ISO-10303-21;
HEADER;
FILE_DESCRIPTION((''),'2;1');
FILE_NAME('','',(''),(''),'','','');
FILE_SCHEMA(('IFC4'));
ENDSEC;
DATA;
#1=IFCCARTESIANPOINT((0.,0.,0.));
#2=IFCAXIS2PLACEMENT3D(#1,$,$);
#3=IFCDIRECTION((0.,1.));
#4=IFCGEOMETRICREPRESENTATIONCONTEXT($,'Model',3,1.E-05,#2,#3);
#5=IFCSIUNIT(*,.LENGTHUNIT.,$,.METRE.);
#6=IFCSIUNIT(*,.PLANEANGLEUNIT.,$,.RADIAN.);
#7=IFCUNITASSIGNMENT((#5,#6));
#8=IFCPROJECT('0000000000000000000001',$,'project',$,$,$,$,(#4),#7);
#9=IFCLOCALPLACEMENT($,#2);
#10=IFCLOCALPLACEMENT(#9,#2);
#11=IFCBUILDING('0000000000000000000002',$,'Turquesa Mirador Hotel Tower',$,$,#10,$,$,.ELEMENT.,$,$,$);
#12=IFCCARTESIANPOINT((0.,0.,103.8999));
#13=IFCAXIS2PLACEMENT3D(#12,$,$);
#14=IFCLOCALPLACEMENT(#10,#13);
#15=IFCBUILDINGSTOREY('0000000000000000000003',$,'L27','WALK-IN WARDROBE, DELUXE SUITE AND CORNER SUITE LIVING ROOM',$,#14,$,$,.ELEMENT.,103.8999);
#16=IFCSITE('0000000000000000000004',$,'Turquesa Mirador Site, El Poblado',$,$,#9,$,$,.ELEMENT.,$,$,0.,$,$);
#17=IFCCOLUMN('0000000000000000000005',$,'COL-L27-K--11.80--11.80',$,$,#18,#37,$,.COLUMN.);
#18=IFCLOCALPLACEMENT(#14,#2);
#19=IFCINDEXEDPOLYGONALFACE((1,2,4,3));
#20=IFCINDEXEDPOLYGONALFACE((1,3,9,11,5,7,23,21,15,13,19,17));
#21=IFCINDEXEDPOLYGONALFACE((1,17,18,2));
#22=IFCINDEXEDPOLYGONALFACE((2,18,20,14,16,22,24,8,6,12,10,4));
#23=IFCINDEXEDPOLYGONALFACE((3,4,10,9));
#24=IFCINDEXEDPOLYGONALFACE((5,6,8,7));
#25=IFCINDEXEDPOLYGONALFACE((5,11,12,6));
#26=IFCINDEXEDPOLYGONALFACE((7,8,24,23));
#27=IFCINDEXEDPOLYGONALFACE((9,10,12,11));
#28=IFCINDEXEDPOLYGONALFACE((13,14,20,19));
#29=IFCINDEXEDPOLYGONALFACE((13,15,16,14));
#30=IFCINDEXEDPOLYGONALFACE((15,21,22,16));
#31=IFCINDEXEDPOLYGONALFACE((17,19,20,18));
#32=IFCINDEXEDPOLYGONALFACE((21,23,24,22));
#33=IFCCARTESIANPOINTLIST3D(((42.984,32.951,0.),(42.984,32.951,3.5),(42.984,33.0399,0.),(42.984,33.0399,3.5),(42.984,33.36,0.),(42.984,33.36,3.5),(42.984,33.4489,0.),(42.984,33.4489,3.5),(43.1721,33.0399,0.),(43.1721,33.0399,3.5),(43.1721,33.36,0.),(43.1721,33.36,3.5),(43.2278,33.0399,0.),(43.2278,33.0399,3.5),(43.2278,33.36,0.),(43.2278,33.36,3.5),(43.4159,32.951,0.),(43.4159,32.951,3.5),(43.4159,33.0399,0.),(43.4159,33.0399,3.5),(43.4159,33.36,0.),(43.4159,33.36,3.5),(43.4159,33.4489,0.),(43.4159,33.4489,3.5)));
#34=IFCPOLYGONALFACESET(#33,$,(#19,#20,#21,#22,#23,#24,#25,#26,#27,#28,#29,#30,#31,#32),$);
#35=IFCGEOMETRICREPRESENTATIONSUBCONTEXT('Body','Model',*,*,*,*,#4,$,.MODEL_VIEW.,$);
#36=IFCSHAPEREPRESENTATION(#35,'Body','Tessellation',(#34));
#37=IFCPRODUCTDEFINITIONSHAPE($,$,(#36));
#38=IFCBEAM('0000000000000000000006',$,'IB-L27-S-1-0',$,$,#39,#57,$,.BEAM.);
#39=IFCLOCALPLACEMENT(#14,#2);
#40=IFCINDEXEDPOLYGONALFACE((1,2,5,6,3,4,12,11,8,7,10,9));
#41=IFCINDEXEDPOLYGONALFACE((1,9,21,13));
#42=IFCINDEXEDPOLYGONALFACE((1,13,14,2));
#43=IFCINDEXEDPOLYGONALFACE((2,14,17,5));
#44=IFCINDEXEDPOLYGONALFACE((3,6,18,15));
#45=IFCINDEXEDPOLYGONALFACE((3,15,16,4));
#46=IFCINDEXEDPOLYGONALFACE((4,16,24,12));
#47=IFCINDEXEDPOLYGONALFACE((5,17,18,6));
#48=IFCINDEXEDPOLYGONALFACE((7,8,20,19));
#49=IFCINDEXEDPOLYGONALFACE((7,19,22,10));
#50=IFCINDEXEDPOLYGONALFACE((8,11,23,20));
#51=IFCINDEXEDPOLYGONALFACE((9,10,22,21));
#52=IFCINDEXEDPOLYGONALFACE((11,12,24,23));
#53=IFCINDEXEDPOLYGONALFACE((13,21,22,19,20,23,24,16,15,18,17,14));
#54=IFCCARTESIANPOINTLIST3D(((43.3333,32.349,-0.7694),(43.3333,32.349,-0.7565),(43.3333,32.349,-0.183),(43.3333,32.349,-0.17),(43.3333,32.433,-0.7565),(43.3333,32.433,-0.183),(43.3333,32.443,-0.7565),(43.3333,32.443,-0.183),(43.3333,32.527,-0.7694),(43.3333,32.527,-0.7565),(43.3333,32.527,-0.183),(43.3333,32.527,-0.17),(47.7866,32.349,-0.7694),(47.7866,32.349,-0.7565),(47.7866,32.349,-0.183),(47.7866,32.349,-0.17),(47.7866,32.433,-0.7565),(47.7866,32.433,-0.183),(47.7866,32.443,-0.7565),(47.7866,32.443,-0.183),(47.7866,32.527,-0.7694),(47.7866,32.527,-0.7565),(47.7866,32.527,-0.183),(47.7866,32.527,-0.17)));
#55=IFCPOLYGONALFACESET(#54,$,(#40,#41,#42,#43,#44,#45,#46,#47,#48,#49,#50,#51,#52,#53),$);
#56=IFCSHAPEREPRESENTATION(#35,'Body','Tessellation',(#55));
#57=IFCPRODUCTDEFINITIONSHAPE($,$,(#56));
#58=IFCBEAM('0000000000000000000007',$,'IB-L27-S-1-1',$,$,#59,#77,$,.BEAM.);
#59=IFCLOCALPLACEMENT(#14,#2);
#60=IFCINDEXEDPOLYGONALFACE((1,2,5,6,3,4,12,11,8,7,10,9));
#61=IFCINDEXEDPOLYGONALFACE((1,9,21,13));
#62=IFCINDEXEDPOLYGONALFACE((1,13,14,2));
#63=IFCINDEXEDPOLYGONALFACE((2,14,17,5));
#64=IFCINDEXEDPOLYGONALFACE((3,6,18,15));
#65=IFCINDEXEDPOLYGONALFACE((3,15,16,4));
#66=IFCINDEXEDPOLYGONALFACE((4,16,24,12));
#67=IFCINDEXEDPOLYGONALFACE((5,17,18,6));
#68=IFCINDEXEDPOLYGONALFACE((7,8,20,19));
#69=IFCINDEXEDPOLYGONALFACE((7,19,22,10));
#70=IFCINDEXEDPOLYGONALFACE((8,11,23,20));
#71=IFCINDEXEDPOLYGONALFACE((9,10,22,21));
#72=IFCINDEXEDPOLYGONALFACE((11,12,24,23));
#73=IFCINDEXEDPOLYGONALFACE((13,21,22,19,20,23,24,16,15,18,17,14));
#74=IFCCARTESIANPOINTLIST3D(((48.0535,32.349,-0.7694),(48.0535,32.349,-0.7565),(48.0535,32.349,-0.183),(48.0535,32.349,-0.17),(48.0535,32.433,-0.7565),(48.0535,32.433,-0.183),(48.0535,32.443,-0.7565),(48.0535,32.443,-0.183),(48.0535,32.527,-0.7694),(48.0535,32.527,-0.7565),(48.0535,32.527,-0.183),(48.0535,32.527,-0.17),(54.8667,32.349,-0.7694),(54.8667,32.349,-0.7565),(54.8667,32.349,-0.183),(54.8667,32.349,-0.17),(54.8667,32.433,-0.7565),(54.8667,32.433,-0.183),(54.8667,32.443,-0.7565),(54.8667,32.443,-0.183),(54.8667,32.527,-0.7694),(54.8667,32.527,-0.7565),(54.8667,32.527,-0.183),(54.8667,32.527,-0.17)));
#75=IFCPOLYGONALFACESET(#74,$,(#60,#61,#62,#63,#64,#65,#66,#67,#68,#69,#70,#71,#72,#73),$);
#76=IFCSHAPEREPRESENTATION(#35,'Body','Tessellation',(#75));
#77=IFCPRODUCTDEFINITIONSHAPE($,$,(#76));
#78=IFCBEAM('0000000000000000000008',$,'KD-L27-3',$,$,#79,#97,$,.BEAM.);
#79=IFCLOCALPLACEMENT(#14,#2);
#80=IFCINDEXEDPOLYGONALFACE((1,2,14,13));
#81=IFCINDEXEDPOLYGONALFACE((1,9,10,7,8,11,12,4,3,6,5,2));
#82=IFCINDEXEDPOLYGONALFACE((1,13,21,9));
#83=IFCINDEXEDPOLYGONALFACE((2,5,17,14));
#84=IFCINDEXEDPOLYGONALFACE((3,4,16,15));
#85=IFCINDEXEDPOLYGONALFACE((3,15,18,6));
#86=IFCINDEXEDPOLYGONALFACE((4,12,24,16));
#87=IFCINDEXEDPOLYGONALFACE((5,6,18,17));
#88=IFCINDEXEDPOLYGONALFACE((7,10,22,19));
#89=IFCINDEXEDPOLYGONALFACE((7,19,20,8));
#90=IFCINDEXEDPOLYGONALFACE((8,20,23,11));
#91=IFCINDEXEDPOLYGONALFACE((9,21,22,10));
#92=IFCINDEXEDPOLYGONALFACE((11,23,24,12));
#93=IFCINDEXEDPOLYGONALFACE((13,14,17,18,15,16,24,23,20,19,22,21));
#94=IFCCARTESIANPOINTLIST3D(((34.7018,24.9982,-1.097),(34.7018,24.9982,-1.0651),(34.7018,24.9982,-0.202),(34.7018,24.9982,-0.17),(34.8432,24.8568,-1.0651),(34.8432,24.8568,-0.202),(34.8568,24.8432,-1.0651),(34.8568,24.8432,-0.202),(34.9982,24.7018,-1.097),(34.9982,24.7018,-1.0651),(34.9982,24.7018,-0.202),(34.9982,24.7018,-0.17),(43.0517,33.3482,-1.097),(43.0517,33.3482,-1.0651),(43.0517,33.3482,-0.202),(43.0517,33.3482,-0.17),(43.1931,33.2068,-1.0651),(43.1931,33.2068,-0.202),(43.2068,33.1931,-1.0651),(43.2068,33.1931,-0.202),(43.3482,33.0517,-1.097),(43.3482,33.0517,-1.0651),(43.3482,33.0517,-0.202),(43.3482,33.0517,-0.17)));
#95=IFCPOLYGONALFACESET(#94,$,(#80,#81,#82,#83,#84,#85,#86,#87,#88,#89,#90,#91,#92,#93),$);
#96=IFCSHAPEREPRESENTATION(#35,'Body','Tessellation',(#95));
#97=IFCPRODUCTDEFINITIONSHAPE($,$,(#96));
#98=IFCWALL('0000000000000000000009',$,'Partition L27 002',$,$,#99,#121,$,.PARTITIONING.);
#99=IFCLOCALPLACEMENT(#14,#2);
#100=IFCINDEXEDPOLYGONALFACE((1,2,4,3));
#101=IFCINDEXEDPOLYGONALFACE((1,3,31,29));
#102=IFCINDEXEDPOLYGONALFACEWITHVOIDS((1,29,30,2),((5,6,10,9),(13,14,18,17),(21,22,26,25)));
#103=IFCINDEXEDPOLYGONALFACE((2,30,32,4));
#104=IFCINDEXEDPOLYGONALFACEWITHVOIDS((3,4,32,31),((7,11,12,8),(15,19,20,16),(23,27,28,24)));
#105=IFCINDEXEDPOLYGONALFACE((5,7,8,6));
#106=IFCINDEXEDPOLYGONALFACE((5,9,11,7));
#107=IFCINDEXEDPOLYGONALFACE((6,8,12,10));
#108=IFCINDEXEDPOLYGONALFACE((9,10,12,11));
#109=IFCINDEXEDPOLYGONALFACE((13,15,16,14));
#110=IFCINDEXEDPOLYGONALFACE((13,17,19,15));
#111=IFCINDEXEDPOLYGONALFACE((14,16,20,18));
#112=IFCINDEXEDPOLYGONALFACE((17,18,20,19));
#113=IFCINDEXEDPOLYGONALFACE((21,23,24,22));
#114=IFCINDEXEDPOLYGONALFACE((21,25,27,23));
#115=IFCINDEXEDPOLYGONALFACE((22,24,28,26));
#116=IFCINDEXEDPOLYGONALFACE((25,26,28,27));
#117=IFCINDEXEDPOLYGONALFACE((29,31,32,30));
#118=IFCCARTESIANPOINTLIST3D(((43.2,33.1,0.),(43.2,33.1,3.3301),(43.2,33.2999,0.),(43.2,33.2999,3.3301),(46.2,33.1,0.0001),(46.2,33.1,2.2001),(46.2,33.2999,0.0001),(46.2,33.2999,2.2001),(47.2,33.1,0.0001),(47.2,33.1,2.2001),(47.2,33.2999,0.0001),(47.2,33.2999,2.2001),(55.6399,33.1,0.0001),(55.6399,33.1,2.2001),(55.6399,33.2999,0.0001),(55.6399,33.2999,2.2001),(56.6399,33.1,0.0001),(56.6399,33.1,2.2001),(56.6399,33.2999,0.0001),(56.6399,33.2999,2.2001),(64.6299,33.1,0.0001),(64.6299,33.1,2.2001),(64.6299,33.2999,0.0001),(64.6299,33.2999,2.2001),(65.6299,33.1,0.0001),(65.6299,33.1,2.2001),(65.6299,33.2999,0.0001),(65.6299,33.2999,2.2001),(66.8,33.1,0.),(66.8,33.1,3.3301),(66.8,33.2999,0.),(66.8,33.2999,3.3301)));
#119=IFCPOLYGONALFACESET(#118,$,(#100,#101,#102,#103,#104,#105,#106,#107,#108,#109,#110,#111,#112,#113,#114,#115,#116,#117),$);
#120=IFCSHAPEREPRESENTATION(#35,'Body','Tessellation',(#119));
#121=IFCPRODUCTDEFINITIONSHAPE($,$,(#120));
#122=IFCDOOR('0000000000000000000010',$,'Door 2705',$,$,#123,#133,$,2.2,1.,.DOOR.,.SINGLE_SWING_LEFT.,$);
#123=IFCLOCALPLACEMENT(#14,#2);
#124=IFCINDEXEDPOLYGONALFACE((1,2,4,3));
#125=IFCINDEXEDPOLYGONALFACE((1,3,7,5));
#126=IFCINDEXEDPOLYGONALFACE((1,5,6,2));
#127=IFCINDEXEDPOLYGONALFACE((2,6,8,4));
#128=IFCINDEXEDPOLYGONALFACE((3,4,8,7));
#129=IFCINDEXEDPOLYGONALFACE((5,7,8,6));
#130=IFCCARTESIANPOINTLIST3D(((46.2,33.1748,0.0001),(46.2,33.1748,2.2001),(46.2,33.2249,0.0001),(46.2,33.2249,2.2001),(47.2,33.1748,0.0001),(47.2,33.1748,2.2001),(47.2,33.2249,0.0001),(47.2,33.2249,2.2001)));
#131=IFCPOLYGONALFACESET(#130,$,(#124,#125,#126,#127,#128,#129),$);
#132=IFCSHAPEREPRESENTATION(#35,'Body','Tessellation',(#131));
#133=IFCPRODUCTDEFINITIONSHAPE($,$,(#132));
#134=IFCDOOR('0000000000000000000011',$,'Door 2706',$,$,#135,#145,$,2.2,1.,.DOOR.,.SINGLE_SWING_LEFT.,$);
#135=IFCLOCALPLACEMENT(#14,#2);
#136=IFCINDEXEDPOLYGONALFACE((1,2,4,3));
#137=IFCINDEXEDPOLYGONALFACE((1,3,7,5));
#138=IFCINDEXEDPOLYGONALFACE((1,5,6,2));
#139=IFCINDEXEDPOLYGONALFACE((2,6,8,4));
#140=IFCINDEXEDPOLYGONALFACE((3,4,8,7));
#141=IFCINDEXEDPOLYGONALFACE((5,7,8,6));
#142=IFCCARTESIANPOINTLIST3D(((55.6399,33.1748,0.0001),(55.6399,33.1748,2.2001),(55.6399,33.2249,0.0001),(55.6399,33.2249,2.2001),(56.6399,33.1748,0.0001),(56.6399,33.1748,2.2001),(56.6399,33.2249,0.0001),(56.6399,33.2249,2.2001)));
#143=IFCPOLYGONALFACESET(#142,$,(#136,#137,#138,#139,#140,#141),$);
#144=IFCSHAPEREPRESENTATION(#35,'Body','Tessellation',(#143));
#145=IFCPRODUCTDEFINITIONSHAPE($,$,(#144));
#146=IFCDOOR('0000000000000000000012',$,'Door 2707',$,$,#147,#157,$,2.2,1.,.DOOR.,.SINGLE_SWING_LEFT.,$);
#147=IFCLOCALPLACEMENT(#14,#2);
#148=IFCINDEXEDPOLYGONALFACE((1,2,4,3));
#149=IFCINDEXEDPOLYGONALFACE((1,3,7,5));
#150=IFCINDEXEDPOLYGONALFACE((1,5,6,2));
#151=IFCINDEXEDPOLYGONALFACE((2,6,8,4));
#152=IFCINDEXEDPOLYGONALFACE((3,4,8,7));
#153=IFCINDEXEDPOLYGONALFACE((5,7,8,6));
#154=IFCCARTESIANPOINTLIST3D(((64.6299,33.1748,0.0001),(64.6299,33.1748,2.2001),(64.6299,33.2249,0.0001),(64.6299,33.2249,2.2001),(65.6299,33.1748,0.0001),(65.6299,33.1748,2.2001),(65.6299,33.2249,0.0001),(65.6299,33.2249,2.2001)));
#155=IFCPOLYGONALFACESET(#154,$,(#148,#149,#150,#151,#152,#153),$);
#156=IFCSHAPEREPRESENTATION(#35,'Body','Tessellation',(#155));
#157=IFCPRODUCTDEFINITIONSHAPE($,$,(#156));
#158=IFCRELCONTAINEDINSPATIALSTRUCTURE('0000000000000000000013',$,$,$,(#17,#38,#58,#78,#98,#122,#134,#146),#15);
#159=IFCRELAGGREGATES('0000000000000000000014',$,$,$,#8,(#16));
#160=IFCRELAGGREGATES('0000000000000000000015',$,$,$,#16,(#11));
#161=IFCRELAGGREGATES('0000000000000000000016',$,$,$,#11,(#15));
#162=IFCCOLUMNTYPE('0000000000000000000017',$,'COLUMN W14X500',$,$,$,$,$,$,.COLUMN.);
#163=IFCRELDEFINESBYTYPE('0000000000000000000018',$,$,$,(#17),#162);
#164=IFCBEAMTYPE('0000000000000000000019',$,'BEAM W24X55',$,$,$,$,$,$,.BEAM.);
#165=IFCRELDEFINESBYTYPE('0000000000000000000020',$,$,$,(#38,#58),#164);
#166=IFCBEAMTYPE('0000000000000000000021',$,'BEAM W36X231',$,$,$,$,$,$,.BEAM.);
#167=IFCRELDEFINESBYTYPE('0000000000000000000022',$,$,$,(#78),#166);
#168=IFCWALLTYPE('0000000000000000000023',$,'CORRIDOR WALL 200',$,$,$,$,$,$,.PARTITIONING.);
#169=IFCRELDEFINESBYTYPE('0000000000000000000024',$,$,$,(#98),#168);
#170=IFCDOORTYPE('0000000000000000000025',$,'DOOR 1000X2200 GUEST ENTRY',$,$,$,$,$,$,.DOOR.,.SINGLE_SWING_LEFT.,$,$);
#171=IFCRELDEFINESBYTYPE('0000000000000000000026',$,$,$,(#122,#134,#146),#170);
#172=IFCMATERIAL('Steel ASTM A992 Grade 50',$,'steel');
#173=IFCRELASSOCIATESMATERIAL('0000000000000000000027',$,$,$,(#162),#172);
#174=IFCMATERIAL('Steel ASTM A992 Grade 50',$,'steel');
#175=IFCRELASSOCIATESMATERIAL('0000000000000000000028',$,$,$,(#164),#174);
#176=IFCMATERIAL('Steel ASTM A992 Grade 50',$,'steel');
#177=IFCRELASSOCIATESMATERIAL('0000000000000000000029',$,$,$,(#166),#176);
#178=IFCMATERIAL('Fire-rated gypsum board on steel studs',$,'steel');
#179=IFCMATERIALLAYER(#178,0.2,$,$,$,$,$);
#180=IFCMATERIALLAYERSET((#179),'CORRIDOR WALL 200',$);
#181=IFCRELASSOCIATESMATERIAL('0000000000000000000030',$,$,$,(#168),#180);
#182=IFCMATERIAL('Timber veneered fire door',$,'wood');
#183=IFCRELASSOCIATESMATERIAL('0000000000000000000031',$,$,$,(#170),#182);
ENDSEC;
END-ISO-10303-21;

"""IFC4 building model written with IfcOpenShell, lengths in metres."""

from ifc_helpers import new_model, si_unit, direction, frame, frame_2d, origin, origin_2d, place, context, subcontext, project, spatial, rectangle, i_section, extrude, material, layer, layer_set, material_profile, profile_set, type_object, element, fill, save


model = new_model("IFC4")

# Units and contexts
model_context = context("Model", 3, precision=1e-05, world=origin(), true_north=direction((0.0, 1.0)))
body_context = subcontext(model_context, "Body", "Model", "MODEL_VIEW")
ifc_project = project(units=[si_unit("LENGTHUNIT", "METRE"), si_unit("PLANEANGLEUNIT", "RADIAN")], contexts=[model_context])

# Site, building, storey
site_placement = place(None, origin())
site = spatial("IfcSite", under=ifc_project, at=site_placement, Name="Turquesa Mirador Site, El Poblado", CompositionType="ELEMENT", RefElevation=0.0)
building_placement = place(site_placement, origin())
building = spatial("IfcBuilding", under=site, at=building_placement, Name="Turquesa Mirador Hotel Tower", CompositionType="ELEMENT")
storey_placement = place(building_placement, frame((0.0, 0.0, 103.8999)))
storey = spatial("IfcBuildingStorey", under=building, at=storey_placement, Name="L27", Description="WALK-IN WARDROBE, DELUXE SUITE AND CORNER SUITE LIVING ROOM", CompositionType="ELEMENT", Elevation=103.8999)

# Column
ifc_material_1 = material(Name="Steel ASTM A992 Grade 50", Category="steel")
ifc_material_profile_1 = material_profile(ifc_material_1, i_section(OverallWidth=0.4319, OverallDepth=0.4978, WebThickness=0.0557, FlangeThickness=0.0889, at=origin_2d()), Name="W14X500")
ifc_profile_set_1 = profile_set([ifc_material_profile_1], Name="Steel ASTM A992 Grade 50")
column_type = type_object("IfcColumnType", Name="COLUMN W14X500", PredefinedType="COLUMN", material=ifc_profile_set_1)
column_placement = place(storey_placement, frame((43.2, 33.2, 0.0), z_axis=(0.0, 0.0, 1.0), x_axis=(1.0, 0.0, 0.0)))
element("IfcColumn", 1, at=column_placement, inside=storey, type_object=column_type, Name="COL-L27-K--11.80--11.80", PredefinedType="COLUMN", context=body_context, shape_type="SweptSolid", body=[
    extrude(i_section(OverallWidth=0.4319, OverallDepth=0.4978, WebThickness=0.0557, FlangeThickness=0.0889, at=origin_2d()), origin(), (0.0, 0.0, 1.0), 3.5),
])

# Beams
ifc_material_2 = material(Name="Steel ASTM A992 Grade 50", Category="steel")
ifc_material_profile_2 = material_profile(ifc_material_2, i_section(OverallWidth=0.178, OverallDepth=0.5994, WebThickness=0.01, FlangeThickness=0.0129, at=origin_2d()), Name="W24X55")
ifc_profile_set_2 = profile_set([ifc_material_profile_2], Name="Steel ASTM A992 Grade 50")
beam_type_1 = type_object("IfcBeamType", Name="BEAM W24X55", PredefinedType="BEAM", material=ifc_profile_set_2)
beam_1_placement = place(storey_placement, frame((43.3333, 32.438, -0.4697), z_axis=(1.0, 0.0, 0.0), x_axis=(0.0, 1.0, 0.0)))
element("IfcBeam", 2, at=beam_1_placement, inside=storey, type_object=beam_type_1, Name="IB-L27-S-1-0", PredefinedType="BEAM", context=body_context, shape_type="SweptSolid", body=[
    extrude(i_section(OverallWidth=0.178, OverallDepth=0.5994, WebThickness=0.01, FlangeThickness=0.0129, at=origin_2d()), origin(), (0.0, 0.0, 1.0), 4.4534),
])
beam_2_placement = place(storey_placement, frame((48.0535, 32.438, -0.4697), z_axis=(1.0, 0.0, 0.0), x_axis=(0.0, 1.0, 0.0)))
element("IfcBeam", 3, at=beam_2_placement, inside=storey, type_object=beam_type_1, Name="IB-L27-S-1-1", PredefinedType="BEAM", context=body_context, shape_type="SweptSolid", body=[
    extrude(i_section(OverallWidth=0.178, OverallDepth=0.5994, WebThickness=0.01, FlangeThickness=0.0129, at=origin_2d()), origin(), (0.0, 0.0, 1.0), 6.8132),
])
ifc_material_3 = material(Name="Steel ASTM A992 Grade 50", Category="steel")
ifc_material_profile_3 = material_profile(ifc_material_3, i_section(OverallWidth=0.4192, OverallDepth=0.927, WebThickness=0.0193, FlangeThickness=0.032, at=origin_2d()), Name="W36X231")
ifc_profile_set_3 = profile_set([ifc_material_profile_3], Name="Steel ASTM A992 Grade 50")
beam_type_2 = type_object("IfcBeamType", Name="BEAM W36X231", PredefinedType="BEAM", material=ifc_profile_set_3)
beam_3_placement = place(storey_placement, frame((43.2, 33.2, -0.6335), z_axis=(-0.707107, -0.707107, 0.0), x_axis=(0.707107, -0.707107, 0.0)))
element("IfcBeam", 4, at=beam_3_placement, inside=storey, type_object=beam_type_2, Name="KD-L27-3", PredefinedType="BEAM", context=body_context, shape_type="SweptSolid", body=[
    extrude(i_section(OverallWidth=0.4192, OverallDepth=0.927, WebThickness=0.0193, FlangeThickness=0.032, at=origin_2d()), origin(), (0.0, 0.0, 1.0), 11.8086),
])

# Wall, openings, doors
ifc_material_4 = material(Name="Fire-rated gypsum board on steel studs", Category="steel")
ifc_layer_1 = layer(ifc_material_4, 0.2)
ifc_layer_set_1 = layer_set([ifc_layer_1], Name="CORRIDOR WALL 200")
wall_type_1 = type_object("IfcWallType", Name="CORRIDOR WALL 200", PredefinedType="PARTITIONING", material=ifc_layer_set_1)
wall_1_placement = place(storey_placement, frame((43.2, 33.2, 0.0), z_axis=(0.0, 0.0, 1.0), x_axis=(1.0, 0.0, 0.0)))
wall_1 = element("IfcWall", 5, at=wall_1_placement, inside=storey, type_object=wall_type_1, Name="Partition L27 002", PredefinedType="PARTITIONING", context=body_context, shape_type="SweptSolid", body=[
    extrude(rectangle(XDim=23.6001, YDim=0.2, at=frame_2d((11.8, 0.0))), origin(), (0.0, 0.0, 1.0), 3.3301),
])
opening_1_placement = place(wall_1_placement, frame((3.0, 0.0, 0.0)))
opening_1 = element("IfcOpeningElement", 6, at=opening_1_placement, cuts=wall_1, PredefinedType="OPENING", context=body_context, shape_type="SweptSolid", body=[
    extrude(rectangle(XDim=1.0, YDim=2.2, at=frame_2d((0.5, 1.1001))), frame((0.0, 0.1099, 0.0), z_axis=(0.0, -1.0, 0.0), x_axis=(1.0, 0.0, 0.0)), (0.0, 0.0, 1.0), 0.22),
])
opening_2_placement = place(wall_1_placement, frame((12.4399, 0.0, 0.0)))
opening_2 = element("IfcOpeningElement", 7, at=opening_2_placement, cuts=wall_1, PredefinedType="OPENING", context=body_context, shape_type="SweptSolid", body=[
    extrude(rectangle(XDim=1.0, YDim=2.2, at=frame_2d((0.5, 1.1001))), frame((0.0, 0.1099, 0.0), z_axis=(0.0, -1.0, 0.0), x_axis=(1.0, 0.0, 0.0)), (0.0, 0.0, 1.0), 0.22),
])
opening_3_placement = place(wall_1_placement, frame((21.4299, 0.0, 0.0)))
opening_3 = element("IfcOpeningElement", 8, at=opening_3_placement, cuts=wall_1, PredefinedType="OPENING", context=body_context, shape_type="SweptSolid", body=[
    extrude(rectangle(XDim=1.0, YDim=2.2, at=frame_2d((0.5, 1.1001))), frame((0.0, 0.1099, 0.0), z_axis=(0.0, -1.0, 0.0), x_axis=(1.0, 0.0, 0.0)), (0.0, 0.0, 1.0), 0.22),
])
ifc_material_5 = material(Name="Timber veneered fire door", Category="wood")
door_type_1 = type_object("IfcDoorType", Name="DOOR 1000X2200 GUEST ENTRY", OperationType="SINGLE_SWING_LEFT", PredefinedType="DOOR", material=ifc_material_5)
door_1_placement = place(opening_1_placement, origin())
door_1 = element("IfcDoor", 9, at=door_1_placement, inside=storey, type_object=door_type_1, Name="Door 2705", OperationType="SINGLE_SWING_LEFT", OverallHeight=2.2, OverallWidth=1.0, PredefinedType="DOOR", context=body_context, shape_type="SweptSolid", body=[
    extrude(rectangle(XDim=1.0, YDim=2.2, at=frame_2d((0.5, 1.1001))), frame((0.0, 0.0249, 0.0), z_axis=(0.0, -1.0, 0.0), x_axis=(1.0, 0.0, 0.0)), (0.0, 0.0, 1.0), 0.05),
])
fill(opening_1, door_1)
door_2_placement = place(opening_2_placement, origin())
door_2 = element("IfcDoor", 10, at=door_2_placement, inside=storey, type_object=door_type_1, Name="Door 2706", OperationType="SINGLE_SWING_LEFT", OverallHeight=2.2, OverallWidth=1.0, PredefinedType="DOOR", context=body_context, shape_type="SweptSolid", body=[
    extrude(rectangle(XDim=1.0, YDim=2.2, at=frame_2d((0.5, 1.1001))), frame((0.0, 0.0249, 0.0), z_axis=(0.0, -1.0, 0.0), x_axis=(1.0, 0.0, 0.0)), (0.0, 0.0, 1.0), 0.05),
])
fill(opening_2, door_2)
door_3_placement = place(opening_3_placement, origin())
door_3 = element("IfcDoor", 11, at=door_3_placement, inside=storey, type_object=door_type_1, Name="Door 2707", OperationType="SINGLE_SWING_LEFT", OverallHeight=2.2, OverallWidth=1.0, PredefinedType="DOOR", context=body_context, shape_type="SweptSolid", body=[
    extrude(rectangle(XDim=1.0, YDim=2.2, at=frame_2d((0.5, 1.1001))), frame((0.0, 0.0249, 0.0), z_axis=(0.0, -1.0, 0.0), x_axis=(1.0, 0.0, 0.0)), (0.0, 0.0, 1.0), 0.05),
])
fill(opening_3, door_3)

save(model, "model.ifc")
